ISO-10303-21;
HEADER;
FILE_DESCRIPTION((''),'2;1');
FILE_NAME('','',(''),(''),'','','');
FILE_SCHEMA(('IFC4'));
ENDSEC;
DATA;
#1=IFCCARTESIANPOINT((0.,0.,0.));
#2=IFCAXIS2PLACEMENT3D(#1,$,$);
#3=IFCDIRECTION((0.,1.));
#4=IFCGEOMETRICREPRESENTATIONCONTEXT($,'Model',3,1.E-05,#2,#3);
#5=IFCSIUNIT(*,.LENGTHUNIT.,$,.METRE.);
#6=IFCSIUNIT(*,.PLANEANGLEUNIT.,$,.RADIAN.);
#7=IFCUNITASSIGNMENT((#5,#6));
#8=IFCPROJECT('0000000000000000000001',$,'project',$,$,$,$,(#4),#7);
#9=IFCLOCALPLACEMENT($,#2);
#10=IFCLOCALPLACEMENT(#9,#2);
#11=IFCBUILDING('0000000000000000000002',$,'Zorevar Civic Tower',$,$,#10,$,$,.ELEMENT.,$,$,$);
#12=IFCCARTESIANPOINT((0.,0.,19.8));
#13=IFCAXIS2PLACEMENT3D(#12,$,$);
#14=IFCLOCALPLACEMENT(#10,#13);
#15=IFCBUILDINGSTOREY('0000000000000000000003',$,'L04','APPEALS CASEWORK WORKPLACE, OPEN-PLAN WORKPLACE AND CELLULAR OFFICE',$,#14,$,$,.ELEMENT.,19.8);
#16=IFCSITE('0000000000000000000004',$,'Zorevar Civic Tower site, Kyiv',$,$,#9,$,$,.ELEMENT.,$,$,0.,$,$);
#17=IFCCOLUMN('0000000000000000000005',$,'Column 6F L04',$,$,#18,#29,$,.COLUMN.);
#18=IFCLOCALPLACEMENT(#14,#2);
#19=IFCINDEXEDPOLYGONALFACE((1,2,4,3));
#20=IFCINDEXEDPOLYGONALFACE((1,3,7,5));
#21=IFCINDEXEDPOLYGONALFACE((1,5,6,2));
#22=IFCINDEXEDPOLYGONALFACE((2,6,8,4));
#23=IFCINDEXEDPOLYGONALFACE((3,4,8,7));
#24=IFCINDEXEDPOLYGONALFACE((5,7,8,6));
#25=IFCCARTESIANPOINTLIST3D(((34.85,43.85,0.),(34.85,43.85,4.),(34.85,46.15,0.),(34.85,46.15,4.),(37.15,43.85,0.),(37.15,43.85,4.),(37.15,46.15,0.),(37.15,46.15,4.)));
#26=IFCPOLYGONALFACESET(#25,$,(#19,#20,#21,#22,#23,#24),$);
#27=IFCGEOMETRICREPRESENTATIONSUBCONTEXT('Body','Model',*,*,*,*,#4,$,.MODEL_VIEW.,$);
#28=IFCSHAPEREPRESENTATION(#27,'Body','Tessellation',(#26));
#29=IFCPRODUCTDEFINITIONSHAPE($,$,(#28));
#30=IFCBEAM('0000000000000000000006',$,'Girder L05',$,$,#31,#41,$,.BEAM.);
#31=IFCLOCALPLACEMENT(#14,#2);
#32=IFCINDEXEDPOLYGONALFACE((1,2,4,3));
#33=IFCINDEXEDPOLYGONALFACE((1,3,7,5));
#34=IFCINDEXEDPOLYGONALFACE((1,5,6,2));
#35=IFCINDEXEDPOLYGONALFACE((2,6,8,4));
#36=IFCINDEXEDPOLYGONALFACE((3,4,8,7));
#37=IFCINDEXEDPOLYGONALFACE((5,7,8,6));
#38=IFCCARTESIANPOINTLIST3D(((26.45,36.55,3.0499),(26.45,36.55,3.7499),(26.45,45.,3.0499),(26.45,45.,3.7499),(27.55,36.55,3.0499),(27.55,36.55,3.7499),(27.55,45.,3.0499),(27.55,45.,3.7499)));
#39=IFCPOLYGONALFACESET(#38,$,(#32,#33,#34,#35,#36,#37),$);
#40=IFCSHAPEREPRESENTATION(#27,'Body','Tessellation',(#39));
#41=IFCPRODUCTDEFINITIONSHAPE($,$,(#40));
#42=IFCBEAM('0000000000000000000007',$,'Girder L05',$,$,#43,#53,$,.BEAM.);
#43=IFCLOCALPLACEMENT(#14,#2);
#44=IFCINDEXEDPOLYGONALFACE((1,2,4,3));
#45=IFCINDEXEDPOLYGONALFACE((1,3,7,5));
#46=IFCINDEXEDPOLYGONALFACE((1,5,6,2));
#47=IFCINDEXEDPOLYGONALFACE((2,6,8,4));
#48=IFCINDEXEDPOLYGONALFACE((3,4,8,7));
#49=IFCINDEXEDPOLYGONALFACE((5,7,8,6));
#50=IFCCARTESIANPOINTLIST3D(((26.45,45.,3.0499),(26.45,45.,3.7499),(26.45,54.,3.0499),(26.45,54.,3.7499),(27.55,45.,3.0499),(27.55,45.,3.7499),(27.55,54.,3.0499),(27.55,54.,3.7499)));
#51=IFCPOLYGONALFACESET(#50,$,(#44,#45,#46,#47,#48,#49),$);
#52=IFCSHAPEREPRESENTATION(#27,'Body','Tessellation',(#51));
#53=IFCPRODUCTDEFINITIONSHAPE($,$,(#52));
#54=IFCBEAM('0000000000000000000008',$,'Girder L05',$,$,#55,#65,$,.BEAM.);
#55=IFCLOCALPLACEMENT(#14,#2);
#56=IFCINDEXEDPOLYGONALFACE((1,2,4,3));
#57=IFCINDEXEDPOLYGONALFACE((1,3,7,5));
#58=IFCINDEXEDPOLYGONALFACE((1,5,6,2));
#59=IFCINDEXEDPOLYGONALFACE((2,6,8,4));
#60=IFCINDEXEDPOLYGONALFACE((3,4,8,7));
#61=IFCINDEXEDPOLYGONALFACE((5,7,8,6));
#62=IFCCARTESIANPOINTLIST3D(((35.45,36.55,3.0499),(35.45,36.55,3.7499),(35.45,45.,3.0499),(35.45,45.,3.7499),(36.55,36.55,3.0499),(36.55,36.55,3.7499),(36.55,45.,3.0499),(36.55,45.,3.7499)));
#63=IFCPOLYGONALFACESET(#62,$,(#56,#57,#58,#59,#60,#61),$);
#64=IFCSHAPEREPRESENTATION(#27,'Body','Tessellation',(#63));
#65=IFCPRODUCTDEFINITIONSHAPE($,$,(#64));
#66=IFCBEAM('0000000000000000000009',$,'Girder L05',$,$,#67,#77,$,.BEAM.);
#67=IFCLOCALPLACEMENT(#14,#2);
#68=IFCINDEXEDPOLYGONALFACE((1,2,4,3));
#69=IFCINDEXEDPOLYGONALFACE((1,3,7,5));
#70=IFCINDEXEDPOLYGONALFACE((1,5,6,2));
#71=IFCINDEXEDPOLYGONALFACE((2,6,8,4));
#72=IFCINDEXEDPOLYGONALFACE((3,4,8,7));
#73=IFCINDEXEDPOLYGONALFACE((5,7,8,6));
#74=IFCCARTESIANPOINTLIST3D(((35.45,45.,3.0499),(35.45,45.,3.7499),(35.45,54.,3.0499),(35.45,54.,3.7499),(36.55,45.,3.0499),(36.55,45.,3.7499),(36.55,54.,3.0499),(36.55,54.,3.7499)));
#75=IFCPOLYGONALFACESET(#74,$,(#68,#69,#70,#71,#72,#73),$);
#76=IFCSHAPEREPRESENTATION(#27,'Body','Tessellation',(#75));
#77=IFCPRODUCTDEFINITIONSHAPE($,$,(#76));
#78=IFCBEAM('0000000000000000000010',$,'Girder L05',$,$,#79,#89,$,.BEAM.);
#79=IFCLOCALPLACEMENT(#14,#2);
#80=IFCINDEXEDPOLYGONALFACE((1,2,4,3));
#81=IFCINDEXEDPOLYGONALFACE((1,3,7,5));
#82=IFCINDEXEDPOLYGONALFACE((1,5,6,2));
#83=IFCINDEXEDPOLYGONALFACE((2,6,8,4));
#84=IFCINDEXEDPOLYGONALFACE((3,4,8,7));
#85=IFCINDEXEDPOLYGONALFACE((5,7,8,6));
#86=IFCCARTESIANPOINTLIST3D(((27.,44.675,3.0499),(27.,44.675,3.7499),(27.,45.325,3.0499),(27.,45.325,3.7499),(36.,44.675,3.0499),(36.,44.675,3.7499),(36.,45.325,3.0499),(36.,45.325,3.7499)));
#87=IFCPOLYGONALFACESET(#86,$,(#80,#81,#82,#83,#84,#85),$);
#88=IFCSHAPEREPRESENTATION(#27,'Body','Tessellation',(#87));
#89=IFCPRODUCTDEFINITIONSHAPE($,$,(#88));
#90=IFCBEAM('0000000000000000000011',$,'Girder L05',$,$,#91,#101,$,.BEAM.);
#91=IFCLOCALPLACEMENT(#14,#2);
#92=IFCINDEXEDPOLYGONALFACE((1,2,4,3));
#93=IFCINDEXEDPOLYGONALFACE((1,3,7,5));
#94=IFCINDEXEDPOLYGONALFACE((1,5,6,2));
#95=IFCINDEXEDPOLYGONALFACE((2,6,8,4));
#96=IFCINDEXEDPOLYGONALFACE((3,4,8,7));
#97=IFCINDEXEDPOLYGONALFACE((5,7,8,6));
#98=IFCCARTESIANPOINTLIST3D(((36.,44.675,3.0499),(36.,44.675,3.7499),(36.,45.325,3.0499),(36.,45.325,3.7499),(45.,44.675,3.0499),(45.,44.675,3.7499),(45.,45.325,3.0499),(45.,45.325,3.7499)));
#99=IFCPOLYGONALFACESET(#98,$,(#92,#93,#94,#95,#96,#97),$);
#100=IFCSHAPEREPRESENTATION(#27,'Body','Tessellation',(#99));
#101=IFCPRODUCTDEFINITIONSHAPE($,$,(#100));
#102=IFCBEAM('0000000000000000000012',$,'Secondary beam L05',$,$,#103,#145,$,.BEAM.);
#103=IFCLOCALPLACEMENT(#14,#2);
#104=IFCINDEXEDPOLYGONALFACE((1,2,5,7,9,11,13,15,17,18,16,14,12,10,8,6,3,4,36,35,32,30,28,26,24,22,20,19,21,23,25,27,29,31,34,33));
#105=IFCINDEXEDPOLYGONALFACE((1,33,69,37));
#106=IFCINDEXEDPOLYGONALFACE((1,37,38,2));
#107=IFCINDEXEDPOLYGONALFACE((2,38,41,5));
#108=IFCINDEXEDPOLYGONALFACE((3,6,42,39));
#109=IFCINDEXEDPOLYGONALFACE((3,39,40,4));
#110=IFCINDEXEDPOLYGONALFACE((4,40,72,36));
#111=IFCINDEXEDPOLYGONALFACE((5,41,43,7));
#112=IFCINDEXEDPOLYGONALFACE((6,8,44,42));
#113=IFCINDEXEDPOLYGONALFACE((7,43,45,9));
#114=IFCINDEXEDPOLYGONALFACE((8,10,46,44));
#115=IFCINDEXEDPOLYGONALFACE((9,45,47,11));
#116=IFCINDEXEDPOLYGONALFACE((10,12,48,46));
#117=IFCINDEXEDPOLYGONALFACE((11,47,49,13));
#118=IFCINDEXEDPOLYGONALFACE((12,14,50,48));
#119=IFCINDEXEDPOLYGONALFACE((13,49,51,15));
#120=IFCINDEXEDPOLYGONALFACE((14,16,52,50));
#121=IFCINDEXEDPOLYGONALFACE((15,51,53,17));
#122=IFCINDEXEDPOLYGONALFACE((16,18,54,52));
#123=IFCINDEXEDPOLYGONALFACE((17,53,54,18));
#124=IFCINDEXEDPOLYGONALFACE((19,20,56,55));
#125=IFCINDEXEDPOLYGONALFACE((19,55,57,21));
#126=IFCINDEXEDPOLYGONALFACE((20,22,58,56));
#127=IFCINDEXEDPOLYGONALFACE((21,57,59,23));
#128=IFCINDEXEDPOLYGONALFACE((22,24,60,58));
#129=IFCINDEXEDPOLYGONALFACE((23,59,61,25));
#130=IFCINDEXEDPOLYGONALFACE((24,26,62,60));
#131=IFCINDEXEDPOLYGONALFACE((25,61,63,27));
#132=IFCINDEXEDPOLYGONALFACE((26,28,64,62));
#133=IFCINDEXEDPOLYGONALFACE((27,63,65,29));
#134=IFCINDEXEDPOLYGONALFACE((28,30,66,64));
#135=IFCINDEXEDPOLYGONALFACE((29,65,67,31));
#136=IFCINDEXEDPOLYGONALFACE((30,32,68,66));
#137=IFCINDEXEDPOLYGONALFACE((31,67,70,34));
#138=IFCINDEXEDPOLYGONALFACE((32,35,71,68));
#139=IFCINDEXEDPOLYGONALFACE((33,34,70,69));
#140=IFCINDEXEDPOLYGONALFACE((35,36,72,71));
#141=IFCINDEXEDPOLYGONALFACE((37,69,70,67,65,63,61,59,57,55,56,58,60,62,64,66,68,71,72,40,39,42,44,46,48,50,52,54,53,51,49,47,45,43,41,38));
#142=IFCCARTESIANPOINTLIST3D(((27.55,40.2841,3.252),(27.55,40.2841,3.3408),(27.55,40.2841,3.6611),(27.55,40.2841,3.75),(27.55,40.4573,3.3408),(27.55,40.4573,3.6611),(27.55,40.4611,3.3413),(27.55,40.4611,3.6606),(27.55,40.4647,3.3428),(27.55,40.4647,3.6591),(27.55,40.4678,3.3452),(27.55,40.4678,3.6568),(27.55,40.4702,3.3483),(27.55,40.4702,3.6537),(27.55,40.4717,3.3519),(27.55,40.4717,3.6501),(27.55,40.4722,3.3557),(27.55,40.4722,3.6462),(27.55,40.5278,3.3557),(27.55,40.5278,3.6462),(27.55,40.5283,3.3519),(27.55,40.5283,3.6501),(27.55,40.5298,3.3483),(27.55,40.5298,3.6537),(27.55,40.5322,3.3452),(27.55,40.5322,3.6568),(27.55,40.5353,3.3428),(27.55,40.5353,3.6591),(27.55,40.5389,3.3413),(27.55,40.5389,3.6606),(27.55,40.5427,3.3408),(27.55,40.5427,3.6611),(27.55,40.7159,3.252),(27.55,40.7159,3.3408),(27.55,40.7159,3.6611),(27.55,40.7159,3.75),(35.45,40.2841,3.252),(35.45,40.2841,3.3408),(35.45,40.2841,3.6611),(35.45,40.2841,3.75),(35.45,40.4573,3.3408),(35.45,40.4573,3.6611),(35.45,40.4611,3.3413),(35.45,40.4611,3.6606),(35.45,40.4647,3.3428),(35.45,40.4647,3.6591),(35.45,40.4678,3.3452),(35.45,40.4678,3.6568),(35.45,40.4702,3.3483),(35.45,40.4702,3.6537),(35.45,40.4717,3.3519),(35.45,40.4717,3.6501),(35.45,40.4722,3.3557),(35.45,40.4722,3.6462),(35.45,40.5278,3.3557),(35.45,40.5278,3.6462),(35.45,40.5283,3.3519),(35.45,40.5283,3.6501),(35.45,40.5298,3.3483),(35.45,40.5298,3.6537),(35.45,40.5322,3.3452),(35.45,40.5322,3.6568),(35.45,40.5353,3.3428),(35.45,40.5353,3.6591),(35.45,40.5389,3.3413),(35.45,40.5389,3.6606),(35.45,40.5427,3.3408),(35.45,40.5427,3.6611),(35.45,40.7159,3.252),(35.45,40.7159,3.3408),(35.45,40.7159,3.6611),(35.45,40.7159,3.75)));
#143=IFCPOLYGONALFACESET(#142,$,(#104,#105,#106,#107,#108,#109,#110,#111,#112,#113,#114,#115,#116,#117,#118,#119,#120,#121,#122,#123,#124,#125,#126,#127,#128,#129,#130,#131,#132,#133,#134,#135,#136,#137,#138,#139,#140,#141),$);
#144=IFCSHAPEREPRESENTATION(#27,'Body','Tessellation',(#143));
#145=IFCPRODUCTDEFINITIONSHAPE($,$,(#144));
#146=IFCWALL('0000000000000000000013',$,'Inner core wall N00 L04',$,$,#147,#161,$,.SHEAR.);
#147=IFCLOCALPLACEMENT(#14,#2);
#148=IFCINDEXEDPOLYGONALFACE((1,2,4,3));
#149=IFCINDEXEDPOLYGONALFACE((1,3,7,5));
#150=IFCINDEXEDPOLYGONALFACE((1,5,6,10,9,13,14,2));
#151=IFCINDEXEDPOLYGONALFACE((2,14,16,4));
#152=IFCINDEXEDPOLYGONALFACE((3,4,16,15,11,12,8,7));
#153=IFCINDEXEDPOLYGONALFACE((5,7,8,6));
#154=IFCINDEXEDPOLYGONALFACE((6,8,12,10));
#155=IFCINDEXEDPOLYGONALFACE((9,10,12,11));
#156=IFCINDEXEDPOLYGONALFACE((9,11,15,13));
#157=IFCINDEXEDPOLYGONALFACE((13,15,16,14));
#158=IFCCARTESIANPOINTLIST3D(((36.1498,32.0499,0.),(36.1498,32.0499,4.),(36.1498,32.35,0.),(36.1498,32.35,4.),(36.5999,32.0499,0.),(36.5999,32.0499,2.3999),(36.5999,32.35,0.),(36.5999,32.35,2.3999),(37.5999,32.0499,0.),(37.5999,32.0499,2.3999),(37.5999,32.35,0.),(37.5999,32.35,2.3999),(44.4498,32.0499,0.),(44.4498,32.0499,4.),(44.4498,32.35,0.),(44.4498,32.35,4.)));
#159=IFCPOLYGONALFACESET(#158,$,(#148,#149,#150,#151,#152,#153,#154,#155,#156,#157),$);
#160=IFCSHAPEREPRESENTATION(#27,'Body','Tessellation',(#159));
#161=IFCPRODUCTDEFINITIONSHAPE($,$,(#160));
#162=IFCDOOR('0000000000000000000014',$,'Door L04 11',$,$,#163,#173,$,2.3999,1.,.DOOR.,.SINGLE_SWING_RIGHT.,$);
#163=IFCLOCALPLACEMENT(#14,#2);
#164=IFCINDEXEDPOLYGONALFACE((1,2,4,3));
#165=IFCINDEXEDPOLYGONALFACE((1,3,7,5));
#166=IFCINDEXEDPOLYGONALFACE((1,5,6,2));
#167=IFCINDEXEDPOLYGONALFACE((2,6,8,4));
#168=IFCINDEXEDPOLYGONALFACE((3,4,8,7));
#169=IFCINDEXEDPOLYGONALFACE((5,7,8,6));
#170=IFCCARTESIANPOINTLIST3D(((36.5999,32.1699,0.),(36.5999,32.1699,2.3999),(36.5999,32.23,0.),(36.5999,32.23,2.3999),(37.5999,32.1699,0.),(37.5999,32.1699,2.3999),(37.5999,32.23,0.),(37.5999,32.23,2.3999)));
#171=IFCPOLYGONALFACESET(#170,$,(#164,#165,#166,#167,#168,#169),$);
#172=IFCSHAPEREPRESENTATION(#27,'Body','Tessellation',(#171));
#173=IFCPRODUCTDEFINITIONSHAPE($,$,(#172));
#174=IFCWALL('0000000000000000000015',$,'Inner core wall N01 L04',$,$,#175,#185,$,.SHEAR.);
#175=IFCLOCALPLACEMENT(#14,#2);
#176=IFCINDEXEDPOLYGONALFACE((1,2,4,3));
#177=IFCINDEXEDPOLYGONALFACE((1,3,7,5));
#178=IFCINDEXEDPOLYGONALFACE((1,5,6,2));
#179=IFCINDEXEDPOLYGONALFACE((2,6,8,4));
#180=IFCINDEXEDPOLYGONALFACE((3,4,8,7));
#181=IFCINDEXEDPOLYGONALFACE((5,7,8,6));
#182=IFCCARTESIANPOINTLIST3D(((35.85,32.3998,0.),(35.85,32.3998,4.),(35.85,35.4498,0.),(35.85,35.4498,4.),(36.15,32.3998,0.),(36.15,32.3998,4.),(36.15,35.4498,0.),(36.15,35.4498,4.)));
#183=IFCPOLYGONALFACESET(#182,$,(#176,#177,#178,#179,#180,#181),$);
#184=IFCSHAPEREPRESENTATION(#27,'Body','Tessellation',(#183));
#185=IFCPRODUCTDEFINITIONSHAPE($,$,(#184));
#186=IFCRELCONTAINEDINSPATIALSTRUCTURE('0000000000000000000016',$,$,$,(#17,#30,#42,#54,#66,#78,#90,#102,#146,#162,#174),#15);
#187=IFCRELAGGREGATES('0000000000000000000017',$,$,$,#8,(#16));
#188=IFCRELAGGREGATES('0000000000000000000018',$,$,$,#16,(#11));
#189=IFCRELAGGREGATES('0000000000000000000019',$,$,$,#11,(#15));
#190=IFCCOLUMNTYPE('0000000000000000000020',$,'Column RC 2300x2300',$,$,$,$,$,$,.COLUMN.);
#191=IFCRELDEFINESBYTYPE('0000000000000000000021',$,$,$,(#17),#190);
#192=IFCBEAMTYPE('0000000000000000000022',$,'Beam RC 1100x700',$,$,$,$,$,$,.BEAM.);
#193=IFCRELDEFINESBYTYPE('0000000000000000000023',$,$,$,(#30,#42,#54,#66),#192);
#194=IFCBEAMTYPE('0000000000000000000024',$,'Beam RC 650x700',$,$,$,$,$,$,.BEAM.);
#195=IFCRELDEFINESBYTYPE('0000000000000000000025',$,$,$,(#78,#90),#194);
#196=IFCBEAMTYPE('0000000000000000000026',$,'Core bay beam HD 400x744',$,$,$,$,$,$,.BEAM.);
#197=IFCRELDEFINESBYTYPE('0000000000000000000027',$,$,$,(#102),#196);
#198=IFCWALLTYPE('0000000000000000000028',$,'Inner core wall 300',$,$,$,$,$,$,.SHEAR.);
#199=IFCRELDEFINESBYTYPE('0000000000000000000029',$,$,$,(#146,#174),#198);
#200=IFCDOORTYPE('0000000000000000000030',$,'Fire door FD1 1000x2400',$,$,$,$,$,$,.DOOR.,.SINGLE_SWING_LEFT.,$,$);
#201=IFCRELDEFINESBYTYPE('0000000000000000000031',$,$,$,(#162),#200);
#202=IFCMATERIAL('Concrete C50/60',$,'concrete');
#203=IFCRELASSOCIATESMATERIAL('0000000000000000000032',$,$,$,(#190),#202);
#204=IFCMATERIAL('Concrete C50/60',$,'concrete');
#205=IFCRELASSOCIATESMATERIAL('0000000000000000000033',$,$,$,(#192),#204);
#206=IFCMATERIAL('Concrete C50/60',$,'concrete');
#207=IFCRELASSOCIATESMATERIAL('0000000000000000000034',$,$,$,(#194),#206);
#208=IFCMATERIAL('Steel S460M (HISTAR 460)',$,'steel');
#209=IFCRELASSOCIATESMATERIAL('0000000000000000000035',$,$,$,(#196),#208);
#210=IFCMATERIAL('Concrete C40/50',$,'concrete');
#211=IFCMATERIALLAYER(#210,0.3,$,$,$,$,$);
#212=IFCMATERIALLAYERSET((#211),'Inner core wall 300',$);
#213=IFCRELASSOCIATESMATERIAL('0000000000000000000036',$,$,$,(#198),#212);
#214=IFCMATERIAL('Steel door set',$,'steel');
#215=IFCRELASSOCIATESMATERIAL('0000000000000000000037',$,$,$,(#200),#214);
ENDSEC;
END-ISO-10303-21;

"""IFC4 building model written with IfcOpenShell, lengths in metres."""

from ifc_helpers import new_model, si_unit, direction, frame, frame_2d, origin, origin_2d, place, context, subcontext, project, spatial, rectangle, i_section, extrude, material, layer, layer_set, material_profile, profile_set, type_object, element, fill, save


model = new_model("IFC4")

# Units and contexts
model_context = context("Model", 3, precision=1e-05, world=origin(), true_north=direction((0.0, 1.0)))
body_context = subcontext(model_context, "Body", "Model", "MODEL_VIEW")
ifc_project = project(units=[si_unit("LENGTHUNIT", "METRE"), si_unit("PLANEANGLEUNIT", "RADIAN")], contexts=[model_context])

# Site, building, storey
site_placement = place(None, origin())
site = spatial("IfcSite", under=ifc_project, at=site_placement, Name="Zorevar Civic Tower site, Kyiv", CompositionType="ELEMENT", RefElevation=0.0)
building_placement = place(site_placement, origin())
building = spatial("IfcBuilding", under=site, at=building_placement, Name="Zorevar Civic Tower", CompositionType="ELEMENT")
storey_placement = place(building_placement, frame((0.0, 0.0, 19.8)))
storey = spatial("IfcBuildingStorey", under=building, at=storey_placement, Name="L04", Description="APPEALS CASEWORK WORKPLACE, OPEN-PLAN WORKPLACE AND CELLULAR OFFICE", CompositionType="ELEMENT", Elevation=19.8)

# Column
ifc_material_1 = material(Name="Concrete C50/60", Category="concrete")
ifc_material_profile_1 = material_profile(ifc_material_1, rectangle(XDim=2.3, YDim=2.3, at=origin_2d()), Name="RC 2300x2300")
ifc_profile_set_1 = profile_set([ifc_material_profile_1], Name="Concrete C50/60")
column_type = type_object("IfcColumnType", Name="Column RC 2300x2300", PredefinedType="COLUMN", material=ifc_profile_set_1)
column_placement = place(storey_placement, frame((36.0, 45.0, 0.0), z_axis=(0.0, 0.0, 1.0), x_axis=(1.0, 0.0, 0.0)))
element("IfcColumn", 1, at=column_placement, inside=storey, type_object=column_type, Name="Column 6F L04", PredefinedType="COLUMN", context=body_context, shape_type="SweptSolid", body=[
    extrude(rectangle(XDim=2.3, YDim=2.3, at=origin_2d()), origin(), (0.0, 0.0, 1.0), 4.0),
])

# Beams
ifc_material_2 = material(Name="Concrete C50/60", Category="concrete")
ifc_material_profile_2 = material_profile(ifc_material_2, rectangle(XDim=1.1001, YDim=0.7, at=origin_2d()), Name="RC 1100x700")
ifc_profile_set_2 = profile_set([ifc_material_profile_2], Name="Concrete C50/60")
beam_type_1 = type_object("IfcBeamType", Name="Beam RC 1100x700", PredefinedType="BEAM", material=ifc_profile_set_2)
beam_1_placement = place(storey_placement, frame((27.0, 36.55, 3.3999), z_axis=(0.0, 1.0, 0.0), x_axis=(-1.0, 0.0, 0.0)))
element("IfcBeam", 2, at=beam_1_placement, inside=storey, type_object=beam_type_1, Name="Girder L05", PredefinedType="BEAM", context=body_context, shape_type="SweptSolid", body=[
    extrude(rectangle(XDim=1.1001, YDim=0.7, at=origin_2d()), origin(), (0.0, 0.0, 1.0), 8.45),
])
beam_2_placement = place(storey_placement, frame((27.0, 45.0, 3.3999), z_axis=(0.0, 1.0, 0.0), x_axis=(-1.0, 0.0, 0.0)))
element("IfcBeam", 3, at=beam_2_placement, inside=storey, type_object=beam_type_1, Name="Girder L05", PredefinedType="BEAM", context=body_context, shape_type="SweptSolid", body=[
    extrude(rectangle(XDim=1.1001, YDim=0.7, at=origin_2d()), origin(), (0.0, 0.0, 1.0), 9.0),
])
beam_3_placement = place(storey_placement, frame((36.0, 36.55, 3.3999), z_axis=(0.0, 1.0, 0.0), x_axis=(-1.0, 0.0, 0.0)))
element("IfcBeam", 4, at=beam_3_placement, inside=storey, type_object=beam_type_1, Name="Girder L05", PredefinedType="BEAM", context=body_context, shape_type="SweptSolid", body=[
    extrude(rectangle(XDim=1.1001, YDim=0.7, at=origin_2d()), origin(), (0.0, 0.0, 1.0), 8.45),
])
beam_4_placement = place(storey_placement, frame((36.0, 45.0, 3.3999), z_axis=(0.0, 1.0, 0.0), x_axis=(-1.0, 0.0, 0.0)))
element("IfcBeam", 5, at=beam_4_placement, inside=storey, type_object=beam_type_1, Name="Girder L05", PredefinedType="BEAM", context=body_context, shape_type="SweptSolid", body=[
    extrude(rectangle(XDim=1.1001, YDim=0.7, at=origin_2d()), origin(), (0.0, 0.0, 1.0), 9.0),
])
ifc_material_3 = material(Name="Concrete C50/60", Category="concrete")
ifc_material_profile_3 = material_profile(ifc_material_3, rectangle(XDim=0.6499, YDim=0.7, at=origin_2d()), Name="RC 650x700")
ifc_profile_set_3 = profile_set([ifc_material_profile_3], Name="Concrete C50/60")
beam_type_2 = type_object("IfcBeamType", Name="Beam RC 650x700", PredefinedType="BEAM", material=ifc_profile_set_3)
for number, where, z_axis, x_axis, name in (
    (6, (27.0, 45.0, 3.3999), (1.0, 0.0, 0.0), (0.0, 1.0, 0.0), "Girder L05"),
    (7, (36.0, 45.0, 3.3999), (1.0, 0.0, 0.0), (0.0, 1.0, 0.0), "Girder L05"),
):
    element("IfcBeam", number, at=place(storey_placement, frame(where, z_axis=z_axis, x_axis=x_axis)), inside=storey, type_object=beam_type_2, Name=name, PredefinedType="BEAM", context=body_context, shape_type="SweptSolid", body=[
        extrude(rectangle(XDim=0.6499, YDim=0.7, at=origin_2d()), origin(), (0.0, 0.0, 1.0), 9.0),
    ])
ifc_material_4 = material(Name="Steel S460M (HISTAR 460)", Category="steel")
ifc_material_profile_4 = material_profile(ifc_material_4, i_section(OverallWidth=0.4319, OverallDepth=0.498, WebThickness=0.0557, FlangeThickness=0.0889, FilletRadius=0.0149, at=origin_2d()), Name="HD 400x744")
ifc_profile_set_4 = profile_set([ifc_material_profile_4], Name="Steel S460M (HISTAR 460)")
beam_type_3 = type_object("IfcBeamType", Name="Core bay beam HD 400x744", PredefinedType="BEAM", material=ifc_profile_set_4)
beam_5_placement = place(storey_placement, frame((27.55, 40.5, 3.501), z_axis=(1.0, 0.0, 0.0), x_axis=(0.0, 1.0, 0.0)))
element("IfcBeam", 8, at=beam_5_placement, inside=storey, type_object=beam_type_3, Name="Secondary beam L05", PredefinedType="BEAM", context=body_context, shape_type="SweptSolid", body=[
    extrude(i_section(OverallWidth=0.4319, OverallDepth=0.498, WebThickness=0.0557, FlangeThickness=0.0889, FilletRadius=0.0149, at=origin_2d()), origin(), (0.0, 0.0, 1.0), 7.8999),
])

# Wall, opening, door
ifc_material_5 = material(Name="Concrete C40/50", Category="concrete")
ifc_layer_1 = layer(ifc_material_5, 0.3)
ifc_layer_set_1 = layer_set([ifc_layer_1], Name="Inner core wall 300")
wall_type_1 = type_object("IfcWallType", Name="Inner core wall 300", PredefinedType="SHEAR", material=ifc_layer_set_1)
wall_1_placement = place(storey_placement, frame((36.1499, 32.2, 0.0), z_axis=(0.0, 0.0, 1.0), x_axis=(1.0, 0.0, 0.0)))
wall_1 = element("IfcWall", 9, at=wall_1_placement, inside=storey, type_object=wall_type_1, Name="Inner core wall N00 L04", PredefinedType="SHEAR", context=body_context, shape_type="SweptSolid", body=[
    extrude(rectangle(XDim=8.3, YDim=0.3, at=frame_2d((4.1499, 0.0))), origin(), (0.0, 0.0, 1.0), 4.0),
])
opening_placement = place(wall_1_placement, frame((0.45, 0.0, 0.0)))
opening = element("IfcOpeningElement", 10, at=opening_placement, cuts=wall_1, PredefinedType="OPENING", context=body_context, shape_type="SweptSolid", body=[
    extrude(rectangle(XDim=1.0, YDim=2.3999, at=frame_2d((0.5, 1.2))), frame((0.0, 0.1599, 0.0), z_axis=(0.0, -1.0, 0.0), x_axis=(1.0, 0.0, 0.0)), (0.0, 0.0, 1.0), 0.3201),
])
ifc_material_6 = material(Name="Steel door set", Category="steel")
door_type = type_object("IfcDoorType", Name="Fire door FD1 1000x2400", OperationType="SINGLE_SWING_LEFT", PredefinedType="DOOR", material=ifc_material_6)
door_placement = place(opening_placement, origin())
door = element("IfcDoor", 11, at=door_placement, inside=storey, type_object=door_type, Name="Door L04 11", OperationType="SINGLE_SWING_RIGHT", OverallHeight=2.3999, OverallWidth=1.0, PredefinedType="DOOR", context=body_context, shape_type="SweptSolid", body=[
    extrude(rectangle(XDim=1.0, YDim=2.3999, at=frame_2d((0.5, 1.2))), frame((0.0, 0.03, 0.0), z_axis=(0.0, -1.0, 0.0), x_axis=(1.0, 0.0, 0.0)), (0.0, 0.0, 1.0), 0.0601),
])
fill(opening, door)

# Wall
wall_2_placement = place(storey_placement, frame((36.0, 32.3999, 0.0), z_axis=(0.0, 0.0, 1.0), x_axis=(0.0, 1.0, 0.0)))
element("IfcWall", 12, at=wall_2_placement, inside=storey, type_object=wall_type_1, Name="Inner core wall N01 L04", PredefinedType="SHEAR", context=body_context, shape_type="SweptSolid", body=[
    extrude(rectangle(XDim=3.05, YDim=0.3, at=frame_2d((1.5249, 0.0))), origin(), (0.0, 0.0, 1.0), 4.0),
])

save(model, "model.ifc")
